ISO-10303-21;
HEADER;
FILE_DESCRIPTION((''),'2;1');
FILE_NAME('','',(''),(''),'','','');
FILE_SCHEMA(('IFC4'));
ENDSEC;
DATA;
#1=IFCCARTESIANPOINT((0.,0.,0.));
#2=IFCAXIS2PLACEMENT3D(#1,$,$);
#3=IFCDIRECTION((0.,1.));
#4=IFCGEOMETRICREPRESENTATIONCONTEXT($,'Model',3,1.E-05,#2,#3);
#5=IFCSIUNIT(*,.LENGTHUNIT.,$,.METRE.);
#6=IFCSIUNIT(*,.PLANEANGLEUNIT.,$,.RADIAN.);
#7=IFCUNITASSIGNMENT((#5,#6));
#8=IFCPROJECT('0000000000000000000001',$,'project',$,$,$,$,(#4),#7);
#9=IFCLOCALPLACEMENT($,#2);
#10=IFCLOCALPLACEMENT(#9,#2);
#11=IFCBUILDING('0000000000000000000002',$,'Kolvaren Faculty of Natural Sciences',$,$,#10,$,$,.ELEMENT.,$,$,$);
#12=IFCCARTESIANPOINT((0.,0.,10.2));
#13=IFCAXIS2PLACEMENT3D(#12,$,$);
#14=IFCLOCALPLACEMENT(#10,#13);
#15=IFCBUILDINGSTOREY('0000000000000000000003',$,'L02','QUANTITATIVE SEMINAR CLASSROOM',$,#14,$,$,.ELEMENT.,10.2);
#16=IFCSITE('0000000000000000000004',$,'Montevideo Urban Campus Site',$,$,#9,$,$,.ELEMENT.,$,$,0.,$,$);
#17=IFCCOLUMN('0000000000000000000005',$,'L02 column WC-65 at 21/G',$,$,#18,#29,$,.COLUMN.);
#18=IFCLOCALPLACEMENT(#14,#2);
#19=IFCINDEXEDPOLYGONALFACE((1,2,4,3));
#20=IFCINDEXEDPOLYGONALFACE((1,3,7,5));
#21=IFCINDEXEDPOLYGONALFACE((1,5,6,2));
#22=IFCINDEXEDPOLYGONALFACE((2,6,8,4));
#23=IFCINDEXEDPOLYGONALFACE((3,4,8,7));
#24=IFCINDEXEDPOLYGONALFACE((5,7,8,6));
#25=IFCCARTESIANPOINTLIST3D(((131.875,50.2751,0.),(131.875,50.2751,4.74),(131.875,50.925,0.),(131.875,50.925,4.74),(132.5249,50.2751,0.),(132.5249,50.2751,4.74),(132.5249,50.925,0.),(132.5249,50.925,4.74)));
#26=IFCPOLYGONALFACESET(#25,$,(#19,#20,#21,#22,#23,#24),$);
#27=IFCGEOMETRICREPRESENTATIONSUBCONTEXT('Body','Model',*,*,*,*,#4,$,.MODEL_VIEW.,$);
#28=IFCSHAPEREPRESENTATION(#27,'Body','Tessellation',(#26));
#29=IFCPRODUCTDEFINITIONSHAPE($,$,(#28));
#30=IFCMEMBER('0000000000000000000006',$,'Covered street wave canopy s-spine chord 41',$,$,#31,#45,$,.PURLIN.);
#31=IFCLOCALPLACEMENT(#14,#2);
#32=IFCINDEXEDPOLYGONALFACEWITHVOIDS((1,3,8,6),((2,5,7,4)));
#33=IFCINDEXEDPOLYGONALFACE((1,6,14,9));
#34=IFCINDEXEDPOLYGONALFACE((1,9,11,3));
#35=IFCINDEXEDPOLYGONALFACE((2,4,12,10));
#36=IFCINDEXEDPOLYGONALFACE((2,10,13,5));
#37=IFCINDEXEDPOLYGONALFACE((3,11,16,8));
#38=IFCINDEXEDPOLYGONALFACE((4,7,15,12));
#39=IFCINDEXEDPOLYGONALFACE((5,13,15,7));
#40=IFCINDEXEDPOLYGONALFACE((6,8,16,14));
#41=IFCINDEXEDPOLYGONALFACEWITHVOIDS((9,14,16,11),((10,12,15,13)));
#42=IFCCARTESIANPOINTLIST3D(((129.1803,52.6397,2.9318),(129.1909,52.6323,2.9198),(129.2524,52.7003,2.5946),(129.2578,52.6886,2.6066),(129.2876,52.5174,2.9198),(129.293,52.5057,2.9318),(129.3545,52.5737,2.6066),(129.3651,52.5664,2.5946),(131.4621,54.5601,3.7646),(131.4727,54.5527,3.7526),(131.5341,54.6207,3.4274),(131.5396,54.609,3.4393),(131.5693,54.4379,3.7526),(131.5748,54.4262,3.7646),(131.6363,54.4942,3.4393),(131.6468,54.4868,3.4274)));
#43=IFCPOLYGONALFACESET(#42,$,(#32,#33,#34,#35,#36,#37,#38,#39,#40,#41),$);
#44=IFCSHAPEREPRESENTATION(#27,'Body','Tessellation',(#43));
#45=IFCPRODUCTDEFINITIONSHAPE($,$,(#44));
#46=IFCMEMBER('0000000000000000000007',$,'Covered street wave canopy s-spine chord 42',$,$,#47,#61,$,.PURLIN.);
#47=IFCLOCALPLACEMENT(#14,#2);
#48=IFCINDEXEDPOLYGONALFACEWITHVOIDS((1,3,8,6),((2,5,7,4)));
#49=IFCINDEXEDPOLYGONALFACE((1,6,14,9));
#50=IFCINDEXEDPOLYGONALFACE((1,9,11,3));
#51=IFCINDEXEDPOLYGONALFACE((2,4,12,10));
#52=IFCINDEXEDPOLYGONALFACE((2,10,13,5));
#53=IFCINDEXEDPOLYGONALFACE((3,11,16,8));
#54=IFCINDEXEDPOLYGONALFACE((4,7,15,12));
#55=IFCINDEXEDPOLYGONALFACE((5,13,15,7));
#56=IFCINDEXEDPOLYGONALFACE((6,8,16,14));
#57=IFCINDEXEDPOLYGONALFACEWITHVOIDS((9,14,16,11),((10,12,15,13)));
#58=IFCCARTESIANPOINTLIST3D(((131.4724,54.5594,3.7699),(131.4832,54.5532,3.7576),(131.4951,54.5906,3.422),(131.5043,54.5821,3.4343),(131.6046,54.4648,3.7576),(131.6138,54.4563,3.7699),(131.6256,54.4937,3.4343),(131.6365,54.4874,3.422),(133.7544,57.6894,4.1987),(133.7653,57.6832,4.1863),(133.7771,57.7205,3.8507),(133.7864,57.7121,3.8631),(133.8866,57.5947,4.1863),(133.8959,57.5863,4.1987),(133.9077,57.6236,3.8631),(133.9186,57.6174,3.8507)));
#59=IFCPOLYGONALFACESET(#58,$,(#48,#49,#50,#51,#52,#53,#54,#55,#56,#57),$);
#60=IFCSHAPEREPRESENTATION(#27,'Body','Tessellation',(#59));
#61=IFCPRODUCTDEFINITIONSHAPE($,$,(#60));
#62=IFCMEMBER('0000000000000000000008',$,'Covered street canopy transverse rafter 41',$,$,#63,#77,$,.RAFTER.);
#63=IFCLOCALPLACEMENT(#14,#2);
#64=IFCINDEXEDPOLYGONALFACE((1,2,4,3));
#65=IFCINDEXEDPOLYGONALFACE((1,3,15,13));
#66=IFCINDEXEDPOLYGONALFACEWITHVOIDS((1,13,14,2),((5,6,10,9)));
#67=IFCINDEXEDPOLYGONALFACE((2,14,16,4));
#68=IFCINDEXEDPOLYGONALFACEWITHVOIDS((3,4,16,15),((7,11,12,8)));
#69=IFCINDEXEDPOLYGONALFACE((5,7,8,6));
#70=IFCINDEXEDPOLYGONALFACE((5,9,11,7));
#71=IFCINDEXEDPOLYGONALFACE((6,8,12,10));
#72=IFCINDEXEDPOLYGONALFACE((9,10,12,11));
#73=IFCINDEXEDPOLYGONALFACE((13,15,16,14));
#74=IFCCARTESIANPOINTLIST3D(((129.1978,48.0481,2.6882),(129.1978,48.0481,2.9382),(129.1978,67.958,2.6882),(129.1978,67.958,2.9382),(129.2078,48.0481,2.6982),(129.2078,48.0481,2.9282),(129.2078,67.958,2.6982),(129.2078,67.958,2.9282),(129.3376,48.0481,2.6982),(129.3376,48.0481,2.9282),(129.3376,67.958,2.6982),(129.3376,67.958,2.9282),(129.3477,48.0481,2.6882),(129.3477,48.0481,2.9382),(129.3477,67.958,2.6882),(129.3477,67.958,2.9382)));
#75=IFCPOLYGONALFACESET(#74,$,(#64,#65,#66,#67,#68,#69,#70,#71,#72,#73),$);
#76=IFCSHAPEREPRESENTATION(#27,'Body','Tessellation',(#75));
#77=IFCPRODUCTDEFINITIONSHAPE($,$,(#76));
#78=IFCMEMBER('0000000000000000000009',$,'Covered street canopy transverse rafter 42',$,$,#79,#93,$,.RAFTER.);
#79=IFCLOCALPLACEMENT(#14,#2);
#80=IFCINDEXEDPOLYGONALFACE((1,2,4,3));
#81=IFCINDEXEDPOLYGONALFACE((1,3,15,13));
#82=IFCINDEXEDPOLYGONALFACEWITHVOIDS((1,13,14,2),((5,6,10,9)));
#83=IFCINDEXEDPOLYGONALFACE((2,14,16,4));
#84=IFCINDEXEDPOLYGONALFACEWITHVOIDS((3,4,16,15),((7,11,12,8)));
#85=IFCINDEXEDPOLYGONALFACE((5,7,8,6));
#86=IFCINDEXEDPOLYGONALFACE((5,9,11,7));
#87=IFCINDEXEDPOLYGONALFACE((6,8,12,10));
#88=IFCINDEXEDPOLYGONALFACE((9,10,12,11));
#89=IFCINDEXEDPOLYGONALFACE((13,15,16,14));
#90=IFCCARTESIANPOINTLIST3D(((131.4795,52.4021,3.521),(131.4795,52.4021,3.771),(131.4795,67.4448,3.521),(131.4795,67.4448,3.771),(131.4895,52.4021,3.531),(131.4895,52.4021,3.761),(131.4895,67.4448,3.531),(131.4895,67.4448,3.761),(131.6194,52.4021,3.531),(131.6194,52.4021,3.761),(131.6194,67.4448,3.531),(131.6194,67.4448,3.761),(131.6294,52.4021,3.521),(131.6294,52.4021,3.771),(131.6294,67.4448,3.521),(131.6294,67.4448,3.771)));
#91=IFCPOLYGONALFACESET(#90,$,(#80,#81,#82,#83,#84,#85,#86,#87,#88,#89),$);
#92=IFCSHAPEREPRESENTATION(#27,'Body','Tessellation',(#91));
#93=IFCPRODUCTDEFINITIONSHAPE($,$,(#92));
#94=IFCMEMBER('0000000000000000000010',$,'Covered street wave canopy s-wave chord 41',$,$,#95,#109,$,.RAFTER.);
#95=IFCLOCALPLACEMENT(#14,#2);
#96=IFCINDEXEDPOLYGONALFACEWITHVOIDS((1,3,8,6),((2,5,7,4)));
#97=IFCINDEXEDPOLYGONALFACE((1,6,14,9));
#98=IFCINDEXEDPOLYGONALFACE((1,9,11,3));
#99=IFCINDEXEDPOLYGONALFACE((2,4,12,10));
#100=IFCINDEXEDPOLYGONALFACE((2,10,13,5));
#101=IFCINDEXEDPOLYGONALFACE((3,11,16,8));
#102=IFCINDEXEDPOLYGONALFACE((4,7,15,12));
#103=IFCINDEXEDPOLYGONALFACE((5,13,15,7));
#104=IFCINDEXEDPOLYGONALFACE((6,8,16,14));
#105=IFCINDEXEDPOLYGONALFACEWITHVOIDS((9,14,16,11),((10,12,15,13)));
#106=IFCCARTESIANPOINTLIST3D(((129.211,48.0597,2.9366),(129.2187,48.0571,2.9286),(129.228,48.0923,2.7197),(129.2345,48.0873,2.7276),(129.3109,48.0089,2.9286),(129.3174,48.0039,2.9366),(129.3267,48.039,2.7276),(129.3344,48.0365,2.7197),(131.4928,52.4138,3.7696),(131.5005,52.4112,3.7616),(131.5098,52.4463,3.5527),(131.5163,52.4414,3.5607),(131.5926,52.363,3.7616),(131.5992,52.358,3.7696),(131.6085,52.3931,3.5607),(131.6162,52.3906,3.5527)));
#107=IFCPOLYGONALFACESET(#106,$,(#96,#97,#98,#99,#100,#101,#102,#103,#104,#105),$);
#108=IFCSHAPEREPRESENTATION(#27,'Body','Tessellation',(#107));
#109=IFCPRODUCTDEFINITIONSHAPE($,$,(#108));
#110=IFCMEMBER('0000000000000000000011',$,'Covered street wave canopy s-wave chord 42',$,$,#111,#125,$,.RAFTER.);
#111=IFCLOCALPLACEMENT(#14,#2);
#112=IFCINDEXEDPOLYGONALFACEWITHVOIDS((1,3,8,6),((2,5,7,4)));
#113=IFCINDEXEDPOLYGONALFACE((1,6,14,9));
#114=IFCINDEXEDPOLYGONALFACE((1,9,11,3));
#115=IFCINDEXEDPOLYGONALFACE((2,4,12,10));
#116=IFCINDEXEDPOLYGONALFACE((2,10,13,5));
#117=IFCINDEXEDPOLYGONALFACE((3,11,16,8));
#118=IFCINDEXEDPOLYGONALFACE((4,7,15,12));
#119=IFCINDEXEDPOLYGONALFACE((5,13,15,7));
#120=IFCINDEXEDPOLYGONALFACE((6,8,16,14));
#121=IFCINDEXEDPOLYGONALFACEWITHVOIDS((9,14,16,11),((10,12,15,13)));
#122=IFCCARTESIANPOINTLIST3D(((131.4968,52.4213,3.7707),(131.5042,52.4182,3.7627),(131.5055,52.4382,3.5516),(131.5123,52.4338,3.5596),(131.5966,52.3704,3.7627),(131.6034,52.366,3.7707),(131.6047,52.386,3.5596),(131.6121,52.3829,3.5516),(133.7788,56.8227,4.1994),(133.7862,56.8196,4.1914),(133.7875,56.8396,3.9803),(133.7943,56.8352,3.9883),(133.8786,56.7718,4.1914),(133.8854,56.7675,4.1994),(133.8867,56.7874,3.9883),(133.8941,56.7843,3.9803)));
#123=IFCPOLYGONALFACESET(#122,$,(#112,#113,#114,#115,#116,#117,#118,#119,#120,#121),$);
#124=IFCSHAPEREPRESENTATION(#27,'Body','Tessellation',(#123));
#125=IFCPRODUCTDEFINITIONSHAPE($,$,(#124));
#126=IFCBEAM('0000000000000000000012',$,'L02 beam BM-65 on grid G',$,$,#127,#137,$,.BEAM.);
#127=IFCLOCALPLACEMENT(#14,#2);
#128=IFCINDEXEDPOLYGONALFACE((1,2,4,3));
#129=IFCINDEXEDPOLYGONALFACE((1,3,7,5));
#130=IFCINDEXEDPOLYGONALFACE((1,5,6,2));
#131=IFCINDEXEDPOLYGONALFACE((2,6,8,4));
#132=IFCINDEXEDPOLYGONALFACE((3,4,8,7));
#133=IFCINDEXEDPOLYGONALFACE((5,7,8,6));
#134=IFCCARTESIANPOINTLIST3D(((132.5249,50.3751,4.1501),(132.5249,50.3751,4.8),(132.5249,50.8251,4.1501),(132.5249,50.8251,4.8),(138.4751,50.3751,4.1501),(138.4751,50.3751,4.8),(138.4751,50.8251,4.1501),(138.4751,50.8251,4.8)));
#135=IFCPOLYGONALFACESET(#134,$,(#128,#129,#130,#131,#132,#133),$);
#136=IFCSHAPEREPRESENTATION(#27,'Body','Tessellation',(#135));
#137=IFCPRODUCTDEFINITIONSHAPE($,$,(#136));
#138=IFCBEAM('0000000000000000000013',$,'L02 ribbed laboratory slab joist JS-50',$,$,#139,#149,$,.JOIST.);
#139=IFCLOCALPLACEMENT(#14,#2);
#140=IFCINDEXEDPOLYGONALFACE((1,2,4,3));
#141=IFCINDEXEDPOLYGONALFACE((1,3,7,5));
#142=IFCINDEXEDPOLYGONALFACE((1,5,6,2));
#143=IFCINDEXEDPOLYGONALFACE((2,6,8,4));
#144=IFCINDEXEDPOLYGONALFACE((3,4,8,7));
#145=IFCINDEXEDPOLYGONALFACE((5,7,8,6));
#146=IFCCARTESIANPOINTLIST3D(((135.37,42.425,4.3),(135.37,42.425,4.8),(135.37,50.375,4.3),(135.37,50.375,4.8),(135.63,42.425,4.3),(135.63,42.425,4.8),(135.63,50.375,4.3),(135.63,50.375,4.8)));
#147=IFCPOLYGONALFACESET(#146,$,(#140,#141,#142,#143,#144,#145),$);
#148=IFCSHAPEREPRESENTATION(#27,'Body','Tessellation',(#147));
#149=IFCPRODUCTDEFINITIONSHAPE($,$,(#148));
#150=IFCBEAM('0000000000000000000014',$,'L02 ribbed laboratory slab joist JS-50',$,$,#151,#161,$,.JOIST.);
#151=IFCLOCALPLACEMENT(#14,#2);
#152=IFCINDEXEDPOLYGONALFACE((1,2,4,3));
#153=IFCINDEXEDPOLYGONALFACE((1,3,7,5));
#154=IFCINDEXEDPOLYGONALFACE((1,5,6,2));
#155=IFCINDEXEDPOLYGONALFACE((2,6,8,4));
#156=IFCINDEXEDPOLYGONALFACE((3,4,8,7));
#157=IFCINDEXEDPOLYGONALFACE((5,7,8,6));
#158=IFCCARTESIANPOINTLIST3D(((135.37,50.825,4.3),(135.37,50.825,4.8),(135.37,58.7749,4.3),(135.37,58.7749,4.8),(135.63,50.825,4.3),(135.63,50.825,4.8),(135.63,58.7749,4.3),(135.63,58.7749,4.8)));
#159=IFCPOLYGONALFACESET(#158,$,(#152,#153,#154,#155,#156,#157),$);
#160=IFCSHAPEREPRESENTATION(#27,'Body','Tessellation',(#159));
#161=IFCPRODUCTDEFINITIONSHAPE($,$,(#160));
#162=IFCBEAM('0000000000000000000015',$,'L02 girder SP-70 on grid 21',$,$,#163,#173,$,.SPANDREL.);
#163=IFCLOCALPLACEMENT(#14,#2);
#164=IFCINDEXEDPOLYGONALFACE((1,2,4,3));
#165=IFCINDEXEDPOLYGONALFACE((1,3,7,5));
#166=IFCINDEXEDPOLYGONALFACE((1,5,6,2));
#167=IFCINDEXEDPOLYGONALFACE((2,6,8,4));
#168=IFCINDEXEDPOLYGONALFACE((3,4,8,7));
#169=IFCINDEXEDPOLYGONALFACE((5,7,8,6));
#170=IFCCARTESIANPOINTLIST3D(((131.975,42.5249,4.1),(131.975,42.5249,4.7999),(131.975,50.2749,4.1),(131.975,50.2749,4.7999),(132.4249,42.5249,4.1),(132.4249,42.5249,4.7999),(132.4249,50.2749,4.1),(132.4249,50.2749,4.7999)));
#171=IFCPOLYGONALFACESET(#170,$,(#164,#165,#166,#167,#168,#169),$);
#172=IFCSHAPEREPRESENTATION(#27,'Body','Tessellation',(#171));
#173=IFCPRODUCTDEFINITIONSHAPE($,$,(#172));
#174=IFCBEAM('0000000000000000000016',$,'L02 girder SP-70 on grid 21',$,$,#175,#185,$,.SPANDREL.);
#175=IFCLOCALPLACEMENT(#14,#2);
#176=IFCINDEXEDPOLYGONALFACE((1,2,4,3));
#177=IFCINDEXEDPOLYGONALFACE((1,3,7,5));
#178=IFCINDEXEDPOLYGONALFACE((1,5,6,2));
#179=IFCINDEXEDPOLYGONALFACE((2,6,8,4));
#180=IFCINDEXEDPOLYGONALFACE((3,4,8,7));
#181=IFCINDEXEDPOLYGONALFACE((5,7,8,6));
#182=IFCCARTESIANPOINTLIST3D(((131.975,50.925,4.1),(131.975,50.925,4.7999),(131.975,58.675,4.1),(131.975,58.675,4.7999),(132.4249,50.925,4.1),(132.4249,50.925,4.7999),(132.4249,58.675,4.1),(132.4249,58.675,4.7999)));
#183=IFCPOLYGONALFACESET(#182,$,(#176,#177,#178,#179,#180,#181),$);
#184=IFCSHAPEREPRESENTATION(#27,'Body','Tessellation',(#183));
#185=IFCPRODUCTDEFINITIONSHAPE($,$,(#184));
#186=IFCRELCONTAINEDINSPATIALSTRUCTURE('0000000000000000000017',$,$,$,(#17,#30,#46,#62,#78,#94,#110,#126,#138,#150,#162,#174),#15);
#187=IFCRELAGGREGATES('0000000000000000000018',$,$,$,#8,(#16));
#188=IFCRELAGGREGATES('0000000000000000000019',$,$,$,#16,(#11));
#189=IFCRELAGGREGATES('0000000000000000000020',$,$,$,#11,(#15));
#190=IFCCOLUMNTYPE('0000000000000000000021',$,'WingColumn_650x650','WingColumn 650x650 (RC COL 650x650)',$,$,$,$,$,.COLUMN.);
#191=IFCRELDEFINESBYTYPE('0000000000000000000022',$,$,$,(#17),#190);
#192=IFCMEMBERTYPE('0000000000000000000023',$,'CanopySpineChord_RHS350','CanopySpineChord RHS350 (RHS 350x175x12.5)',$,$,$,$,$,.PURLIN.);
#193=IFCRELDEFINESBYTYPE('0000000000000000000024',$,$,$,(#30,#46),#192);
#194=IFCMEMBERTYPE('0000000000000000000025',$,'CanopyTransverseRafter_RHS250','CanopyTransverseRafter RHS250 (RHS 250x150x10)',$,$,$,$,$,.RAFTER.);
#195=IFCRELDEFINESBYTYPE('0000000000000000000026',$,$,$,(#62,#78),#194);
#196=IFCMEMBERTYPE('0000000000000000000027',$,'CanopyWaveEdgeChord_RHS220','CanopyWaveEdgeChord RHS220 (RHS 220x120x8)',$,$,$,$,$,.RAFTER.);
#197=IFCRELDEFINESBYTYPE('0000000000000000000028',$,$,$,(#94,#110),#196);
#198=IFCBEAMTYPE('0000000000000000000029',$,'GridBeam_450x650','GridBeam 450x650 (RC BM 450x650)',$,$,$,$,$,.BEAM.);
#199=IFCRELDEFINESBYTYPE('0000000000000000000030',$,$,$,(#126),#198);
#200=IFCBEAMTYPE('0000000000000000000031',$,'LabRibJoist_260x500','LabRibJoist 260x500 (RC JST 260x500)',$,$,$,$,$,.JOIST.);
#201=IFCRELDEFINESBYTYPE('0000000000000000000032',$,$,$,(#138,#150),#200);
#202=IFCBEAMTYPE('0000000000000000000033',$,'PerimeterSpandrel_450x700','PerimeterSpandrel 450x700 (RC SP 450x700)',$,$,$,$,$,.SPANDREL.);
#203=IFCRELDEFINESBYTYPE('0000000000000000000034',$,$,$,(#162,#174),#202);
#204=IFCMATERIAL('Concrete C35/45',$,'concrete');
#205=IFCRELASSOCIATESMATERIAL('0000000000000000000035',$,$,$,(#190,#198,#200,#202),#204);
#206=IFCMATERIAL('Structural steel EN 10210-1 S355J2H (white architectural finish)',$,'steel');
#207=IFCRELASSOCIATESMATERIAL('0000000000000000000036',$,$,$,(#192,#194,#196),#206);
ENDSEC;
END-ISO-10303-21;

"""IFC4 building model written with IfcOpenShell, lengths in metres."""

from ifc_helpers import new_model, si_unit, direction, frame, origin, origin_2d, place, context, subcontext, project, spatial, rectangle, hollow_rectangle, extrude, material, material_profile, profile_set, type_object, element, save


model = new_model("IFC4")

# Units and contexts
model_context = context("Model", 3, precision=1e-05, world=origin(), true_north=direction((0.0, 1.0)))
body_context = subcontext(model_context, "Body", "Model", "MODEL_VIEW")
ifc_project = project(units=[si_unit("LENGTHUNIT", "METRE"), si_unit("PLANEANGLEUNIT", "RADIAN")], contexts=[model_context])

# Site, building, storey
site_placement = place(None, origin())
site = spatial("IfcSite", under=ifc_project, at=site_placement, Name="Montevideo Urban Campus Site", CompositionType="ELEMENT", RefElevation=0.0)
building_placement = place(site_placement, origin())
building = spatial("IfcBuilding", under=site, at=building_placement, Name="Kolvaren Faculty of Natural Sciences", CompositionType="ELEMENT")
storey_placement = place(building_placement, frame((0.0, 0.0, 10.2)))
storey = spatial("IfcBuildingStorey", under=building, at=storey_placement, Name="L02", Description="QUANTITATIVE SEMINAR CLASSROOM", CompositionType="ELEMENT", Elevation=10.2)

# Column
ifc_material_1 = material(Name="Concrete C35/45", Category="concrete")
ifc_material_profile_1 = material_profile(ifc_material_1, rectangle(XDim=0.6499, YDim=0.6499, at=origin_2d()), Name="RC COL 650x650")
ifc_profile_set_1 = profile_set([ifc_material_profile_1], Name="Concrete C35/45")
column_type = type_object("IfcColumnType", Name="WingColumn_650x650", Description="WingColumn 650x650 (RC COL 650x650)", PredefinedType="COLUMN", material=ifc_profile_set_1)
column_placement = place(storey_placement, frame((132.2, 50.6001, 0.0), z_axis=(0.0, 0.0, 1.0), x_axis=(1.0, 0.0, 0.0)))
element("IfcColumn", 1, at=column_placement, inside=storey, type_object=column_type, Name="L02 column WC-65 at 21/G", PredefinedType="COLUMN", context=body_context, shape_type="SweptSolid", body=[
    extrude(rectangle(XDim=0.6499, YDim=0.6499, at=origin_2d()), origin(), (0.0, 0.0, 1.0), 4.74),
])

# Members
ifc_material_2 = material(Name="Structural steel EN 10210-1 S355J2H (white architectural finish)", Category="steel")
ifc_material_profile_2 = material_profile(ifc_material_2, hollow_rectangle(XDim=0.175, YDim=0.3501, WallThickness=0.0125, at=origin_2d()), Name="RHS 350x175x12.5")
ifc_profile_set_2 = profile_set([ifc_material_profile_2], Name="Structural steel EN 10210-1 S355J2H (white architectural finish)")
member_type_1 = type_object("IfcMemberType", Name="CanopySpineChord_RHS350", Description="CanopySpineChord RHS350 (RHS 350x175x12.5)", PredefinedType="PURLIN", material=ifc_profile_set_2)
member_1_placement = place(storey_placement, frame((129.2727, 52.603, 2.7632), z_axis=(0.736896, 0.620204, 0.268944), x_axis=(-0.643929, 0.765085, 0.0)))
element("IfcMember", 2, at=member_1_placement, inside=storey, type_object=member_type_1, Name="Covered street wave canopy s-spine chord 41", PredefinedType="PURLIN", context=body_context, shape_type="SweptSolid", body=[
    extrude(hollow_rectangle(XDim=0.175, YDim=0.3501, WallThickness=0.0125, at=origin_2d()), origin(), (0.0, 0.0, 1.0), 3.0964),
])
member_2_placement = place(storey_placement, frame((131.5544, 54.5234, 3.5959), z_axis=(0.585559, 0.803131, 0.110008), x_axis=(-0.808035, 0.589134, 0.0)))
element("IfcMember", 3, at=member_2_placement, inside=storey, type_object=member_type_1, Name="Covered street wave canopy s-spine chord 42", PredefinedType="PURLIN", context=body_context, shape_type="SweptSolid", body=[
    extrude(hollow_rectangle(XDim=0.175, YDim=0.3501, WallThickness=0.0125, at=origin_2d()), origin(), (0.0, 0.0, 1.0), 3.8972),
])
ifc_material_profile_3 = material_profile(ifc_material_2, hollow_rectangle(XDim=0.1499, YDim=0.25, WallThickness=0.01, at=origin_2d()), Name="RHS 250x150x10")
ifc_profile_set_3 = profile_set([ifc_material_profile_3], Name="Structural steel EN 10210-1 S355J2H (white architectural finish)")
member_type_2 = type_object("IfcMemberType", Name="CanopyTransverseRafter_RHS250", Description="CanopyTransverseRafter RHS250 (RHS 250x150x10)", PredefinedType="RAFTER", material=ifc_profile_set_3)
member_3_placement = place(storey_placement, frame((129.2727, 48.0481, 2.8132), z_axis=(0.0, 1.0, 0.0), x_axis=(-1.0, 0.0, 0.0)))
element("IfcMember", 4, at=member_3_placement, inside=storey, type_object=member_type_2, Name="Covered street canopy transverse rafter 41", PredefinedType="RAFTER", context=body_context, shape_type="SweptSolid", body=[
    extrude(hollow_rectangle(XDim=0.1499, YDim=0.25, WallThickness=0.01, at=origin_2d()), origin(), (0.0, 0.0, 1.0), 19.9099),
])
member_4_placement = place(storey_placement, frame((131.5544, 52.4021, 3.646), z_axis=(0.0, 1.0, 0.0), x_axis=(-1.0, 0.0, 0.0)))
element("IfcMember", 5, at=member_4_placement, inside=storey, type_object=member_type_2, Name="Covered street canopy transverse rafter 42", PredefinedType="RAFTER", context=body_context, shape_type="SweptSolid", body=[
    extrude(hollow_rectangle(XDim=0.1499, YDim=0.25, WallThickness=0.01, at=origin_2d()), origin(), (0.0, 0.0, 1.0), 15.0427),
])
ifc_material_profile_4 = material_profile(ifc_material_2, hollow_rectangle(XDim=0.1201, YDim=0.22, WallThickness=0.0081, at=origin_2d()), Name="RHS 220x120x8")
ifc_profile_set_4 = profile_set([ifc_material_profile_4], Name="Structural steel EN 10210-1 S355J2H (white architectural finish)")
member_type_3 = type_object("IfcMemberType", Name="CanopyWaveEdgeChord_RHS220", Description="CanopyWaveEdgeChord RHS220 (RHS 220x120x8)", PredefinedType="RAFTER", material=ifc_profile_set_4)
member_5_placement = place(storey_placement, frame((129.2727, 48.0481, 2.8281), z_axis=(0.457653, 0.873292, 0.167078), x_axis=(-0.885742, 0.464178, 0.0)))
element("IfcMember", 6, at=member_5_placement, inside=storey, type_object=member_type_3, Name="Covered street wave canopy s-wave chord 41", PredefinedType="RAFTER", context=body_context, shape_type="SweptSolid", body=[
    extrude(hollow_rectangle(XDim=0.1201, YDim=0.22, WallThickness=0.0081, at=origin_2d()), origin(), (0.0, 0.0, 1.0), 4.9858),
])
member_6_placement = place(storey_placement, frame((131.5544, 52.4021, 3.6611), z_axis=(0.458573, 0.884471, 0.086151), x_axis=(-0.887772, 0.460284, 0.0)))
element("IfcMember", 7, at=member_6_placement, inside=storey, type_object=member_type_3, Name="Covered street wave canopy s-wave chord 42", PredefinedType="RAFTER", context=body_context, shape_type="SweptSolid", body=[
    extrude(hollow_rectangle(XDim=0.1201, YDim=0.22, WallThickness=0.0081, at=origin_2d()), origin(), (0.0, 0.0, 1.0), 4.9763),
])

# Beams
ifc_material_profile_5 = material_profile(ifc_material_1, rectangle(XDim=0.45, YDim=0.6499, at=origin_2d()), Name="RC BM 450x650")
ifc_profile_set_5 = profile_set([ifc_material_profile_5], Name="Concrete C35/45")
beam_type_1 = type_object("IfcBeamType", Name="GridBeam_450x650", Description="GridBeam 450x650 (RC BM 450x650)", PredefinedType="BEAM", material=ifc_profile_set_5)
beam_placement = place(storey_placement, frame((132.5249, 50.6001, 4.4751), z_axis=(1.0, 0.0, 0.0), x_axis=(0.0, 1.0, 0.0)))
element("IfcBeam", 8, at=beam_placement, inside=storey, type_object=beam_type_1, Name="L02 beam BM-65 on grid G", PredefinedType="BEAM", context=body_context, shape_type="SweptSolid", body=[
    extrude(rectangle(XDim=0.45, YDim=0.6499, at=origin_2d()), origin(), (0.0, 0.0, 1.0), 5.9502),
])
ifc_material_profile_6 = material_profile(ifc_material_1, rectangle(XDim=0.26, YDim=0.5, at=origin_2d()), Name="RC JST 260x500")
ifc_profile_set_6 = profile_set([ifc_material_profile_6], Name="Concrete C35/45")
beam_type_2 = type_object("IfcBeamType", Name="LabRibJoist_260x500", Description="LabRibJoist 260x500 (RC JST 260x500)", PredefinedType="JOIST", material=ifc_profile_set_6)
for number, where, z_axis, x_axis, name in (
    (9, (135.5, 42.425, 4.55), (0.0, 1.0, 0.0), (-1.0, 0.0, 0.0), "L02 ribbed laboratory slab joist JS-50"),
    (10, (135.5, 50.825, 4.55), (0.0, 1.0, 0.0), (-1.0, 0.0, 0.0), "L02 ribbed laboratory slab joist JS-50"),
):
    element("IfcBeam", number, at=place(storey_placement, frame(where, z_axis=z_axis, x_axis=x_axis)), inside=storey, type_object=beam_type_2, Name=name, PredefinedType="JOIST", context=body_context, shape_type="SweptSolid", body=[
        extrude(rectangle(XDim=0.26, YDim=0.5, at=origin_2d()), origin(), (0.0, 0.0, 1.0), 7.95),
    ])
ifc_material_profile_7 = material_profile(ifc_material_1, rectangle(XDim=0.45, YDim=0.7, at=origin_2d()), Name="RC SP 450x700")
ifc_profile_set_7 = profile_set([ifc_material_profile_7], Name="Concrete C35/45")
beam_type_3 = type_object("IfcBeamType", Name="PerimeterSpandrel_450x700", Description="PerimeterSpandrel 450x700 (RC SP 450x700)", PredefinedType="SPANDREL", material=ifc_profile_set_7)
for number, where, z_axis, x_axis, name in (
    (11, (132.2, 42.5249, 4.45), (0.0, 1.0, 0.0), (-1.0, 0.0, 0.0), "L02 girder SP-70 on grid 21"),
    (12, (132.2, 50.925, 4.45), (0.0, 1.0, 0.0), (-1.0, 0.0, 0.0), "L02 girder SP-70 on grid 21"),
):
    element("IfcBeam", number, at=place(storey_placement, frame(where, z_axis=z_axis, x_axis=x_axis)), inside=storey, type_object=beam_type_3, Name=name, PredefinedType="SPANDREL", context=body_context, shape_type="SweptSolid", body=[
        extrude(rectangle(XDim=0.45, YDim=0.7, at=origin_2d()), origin(), (0.0, 0.0, 1.0), 7.75),
    ])

save(model, "model.ifc")
